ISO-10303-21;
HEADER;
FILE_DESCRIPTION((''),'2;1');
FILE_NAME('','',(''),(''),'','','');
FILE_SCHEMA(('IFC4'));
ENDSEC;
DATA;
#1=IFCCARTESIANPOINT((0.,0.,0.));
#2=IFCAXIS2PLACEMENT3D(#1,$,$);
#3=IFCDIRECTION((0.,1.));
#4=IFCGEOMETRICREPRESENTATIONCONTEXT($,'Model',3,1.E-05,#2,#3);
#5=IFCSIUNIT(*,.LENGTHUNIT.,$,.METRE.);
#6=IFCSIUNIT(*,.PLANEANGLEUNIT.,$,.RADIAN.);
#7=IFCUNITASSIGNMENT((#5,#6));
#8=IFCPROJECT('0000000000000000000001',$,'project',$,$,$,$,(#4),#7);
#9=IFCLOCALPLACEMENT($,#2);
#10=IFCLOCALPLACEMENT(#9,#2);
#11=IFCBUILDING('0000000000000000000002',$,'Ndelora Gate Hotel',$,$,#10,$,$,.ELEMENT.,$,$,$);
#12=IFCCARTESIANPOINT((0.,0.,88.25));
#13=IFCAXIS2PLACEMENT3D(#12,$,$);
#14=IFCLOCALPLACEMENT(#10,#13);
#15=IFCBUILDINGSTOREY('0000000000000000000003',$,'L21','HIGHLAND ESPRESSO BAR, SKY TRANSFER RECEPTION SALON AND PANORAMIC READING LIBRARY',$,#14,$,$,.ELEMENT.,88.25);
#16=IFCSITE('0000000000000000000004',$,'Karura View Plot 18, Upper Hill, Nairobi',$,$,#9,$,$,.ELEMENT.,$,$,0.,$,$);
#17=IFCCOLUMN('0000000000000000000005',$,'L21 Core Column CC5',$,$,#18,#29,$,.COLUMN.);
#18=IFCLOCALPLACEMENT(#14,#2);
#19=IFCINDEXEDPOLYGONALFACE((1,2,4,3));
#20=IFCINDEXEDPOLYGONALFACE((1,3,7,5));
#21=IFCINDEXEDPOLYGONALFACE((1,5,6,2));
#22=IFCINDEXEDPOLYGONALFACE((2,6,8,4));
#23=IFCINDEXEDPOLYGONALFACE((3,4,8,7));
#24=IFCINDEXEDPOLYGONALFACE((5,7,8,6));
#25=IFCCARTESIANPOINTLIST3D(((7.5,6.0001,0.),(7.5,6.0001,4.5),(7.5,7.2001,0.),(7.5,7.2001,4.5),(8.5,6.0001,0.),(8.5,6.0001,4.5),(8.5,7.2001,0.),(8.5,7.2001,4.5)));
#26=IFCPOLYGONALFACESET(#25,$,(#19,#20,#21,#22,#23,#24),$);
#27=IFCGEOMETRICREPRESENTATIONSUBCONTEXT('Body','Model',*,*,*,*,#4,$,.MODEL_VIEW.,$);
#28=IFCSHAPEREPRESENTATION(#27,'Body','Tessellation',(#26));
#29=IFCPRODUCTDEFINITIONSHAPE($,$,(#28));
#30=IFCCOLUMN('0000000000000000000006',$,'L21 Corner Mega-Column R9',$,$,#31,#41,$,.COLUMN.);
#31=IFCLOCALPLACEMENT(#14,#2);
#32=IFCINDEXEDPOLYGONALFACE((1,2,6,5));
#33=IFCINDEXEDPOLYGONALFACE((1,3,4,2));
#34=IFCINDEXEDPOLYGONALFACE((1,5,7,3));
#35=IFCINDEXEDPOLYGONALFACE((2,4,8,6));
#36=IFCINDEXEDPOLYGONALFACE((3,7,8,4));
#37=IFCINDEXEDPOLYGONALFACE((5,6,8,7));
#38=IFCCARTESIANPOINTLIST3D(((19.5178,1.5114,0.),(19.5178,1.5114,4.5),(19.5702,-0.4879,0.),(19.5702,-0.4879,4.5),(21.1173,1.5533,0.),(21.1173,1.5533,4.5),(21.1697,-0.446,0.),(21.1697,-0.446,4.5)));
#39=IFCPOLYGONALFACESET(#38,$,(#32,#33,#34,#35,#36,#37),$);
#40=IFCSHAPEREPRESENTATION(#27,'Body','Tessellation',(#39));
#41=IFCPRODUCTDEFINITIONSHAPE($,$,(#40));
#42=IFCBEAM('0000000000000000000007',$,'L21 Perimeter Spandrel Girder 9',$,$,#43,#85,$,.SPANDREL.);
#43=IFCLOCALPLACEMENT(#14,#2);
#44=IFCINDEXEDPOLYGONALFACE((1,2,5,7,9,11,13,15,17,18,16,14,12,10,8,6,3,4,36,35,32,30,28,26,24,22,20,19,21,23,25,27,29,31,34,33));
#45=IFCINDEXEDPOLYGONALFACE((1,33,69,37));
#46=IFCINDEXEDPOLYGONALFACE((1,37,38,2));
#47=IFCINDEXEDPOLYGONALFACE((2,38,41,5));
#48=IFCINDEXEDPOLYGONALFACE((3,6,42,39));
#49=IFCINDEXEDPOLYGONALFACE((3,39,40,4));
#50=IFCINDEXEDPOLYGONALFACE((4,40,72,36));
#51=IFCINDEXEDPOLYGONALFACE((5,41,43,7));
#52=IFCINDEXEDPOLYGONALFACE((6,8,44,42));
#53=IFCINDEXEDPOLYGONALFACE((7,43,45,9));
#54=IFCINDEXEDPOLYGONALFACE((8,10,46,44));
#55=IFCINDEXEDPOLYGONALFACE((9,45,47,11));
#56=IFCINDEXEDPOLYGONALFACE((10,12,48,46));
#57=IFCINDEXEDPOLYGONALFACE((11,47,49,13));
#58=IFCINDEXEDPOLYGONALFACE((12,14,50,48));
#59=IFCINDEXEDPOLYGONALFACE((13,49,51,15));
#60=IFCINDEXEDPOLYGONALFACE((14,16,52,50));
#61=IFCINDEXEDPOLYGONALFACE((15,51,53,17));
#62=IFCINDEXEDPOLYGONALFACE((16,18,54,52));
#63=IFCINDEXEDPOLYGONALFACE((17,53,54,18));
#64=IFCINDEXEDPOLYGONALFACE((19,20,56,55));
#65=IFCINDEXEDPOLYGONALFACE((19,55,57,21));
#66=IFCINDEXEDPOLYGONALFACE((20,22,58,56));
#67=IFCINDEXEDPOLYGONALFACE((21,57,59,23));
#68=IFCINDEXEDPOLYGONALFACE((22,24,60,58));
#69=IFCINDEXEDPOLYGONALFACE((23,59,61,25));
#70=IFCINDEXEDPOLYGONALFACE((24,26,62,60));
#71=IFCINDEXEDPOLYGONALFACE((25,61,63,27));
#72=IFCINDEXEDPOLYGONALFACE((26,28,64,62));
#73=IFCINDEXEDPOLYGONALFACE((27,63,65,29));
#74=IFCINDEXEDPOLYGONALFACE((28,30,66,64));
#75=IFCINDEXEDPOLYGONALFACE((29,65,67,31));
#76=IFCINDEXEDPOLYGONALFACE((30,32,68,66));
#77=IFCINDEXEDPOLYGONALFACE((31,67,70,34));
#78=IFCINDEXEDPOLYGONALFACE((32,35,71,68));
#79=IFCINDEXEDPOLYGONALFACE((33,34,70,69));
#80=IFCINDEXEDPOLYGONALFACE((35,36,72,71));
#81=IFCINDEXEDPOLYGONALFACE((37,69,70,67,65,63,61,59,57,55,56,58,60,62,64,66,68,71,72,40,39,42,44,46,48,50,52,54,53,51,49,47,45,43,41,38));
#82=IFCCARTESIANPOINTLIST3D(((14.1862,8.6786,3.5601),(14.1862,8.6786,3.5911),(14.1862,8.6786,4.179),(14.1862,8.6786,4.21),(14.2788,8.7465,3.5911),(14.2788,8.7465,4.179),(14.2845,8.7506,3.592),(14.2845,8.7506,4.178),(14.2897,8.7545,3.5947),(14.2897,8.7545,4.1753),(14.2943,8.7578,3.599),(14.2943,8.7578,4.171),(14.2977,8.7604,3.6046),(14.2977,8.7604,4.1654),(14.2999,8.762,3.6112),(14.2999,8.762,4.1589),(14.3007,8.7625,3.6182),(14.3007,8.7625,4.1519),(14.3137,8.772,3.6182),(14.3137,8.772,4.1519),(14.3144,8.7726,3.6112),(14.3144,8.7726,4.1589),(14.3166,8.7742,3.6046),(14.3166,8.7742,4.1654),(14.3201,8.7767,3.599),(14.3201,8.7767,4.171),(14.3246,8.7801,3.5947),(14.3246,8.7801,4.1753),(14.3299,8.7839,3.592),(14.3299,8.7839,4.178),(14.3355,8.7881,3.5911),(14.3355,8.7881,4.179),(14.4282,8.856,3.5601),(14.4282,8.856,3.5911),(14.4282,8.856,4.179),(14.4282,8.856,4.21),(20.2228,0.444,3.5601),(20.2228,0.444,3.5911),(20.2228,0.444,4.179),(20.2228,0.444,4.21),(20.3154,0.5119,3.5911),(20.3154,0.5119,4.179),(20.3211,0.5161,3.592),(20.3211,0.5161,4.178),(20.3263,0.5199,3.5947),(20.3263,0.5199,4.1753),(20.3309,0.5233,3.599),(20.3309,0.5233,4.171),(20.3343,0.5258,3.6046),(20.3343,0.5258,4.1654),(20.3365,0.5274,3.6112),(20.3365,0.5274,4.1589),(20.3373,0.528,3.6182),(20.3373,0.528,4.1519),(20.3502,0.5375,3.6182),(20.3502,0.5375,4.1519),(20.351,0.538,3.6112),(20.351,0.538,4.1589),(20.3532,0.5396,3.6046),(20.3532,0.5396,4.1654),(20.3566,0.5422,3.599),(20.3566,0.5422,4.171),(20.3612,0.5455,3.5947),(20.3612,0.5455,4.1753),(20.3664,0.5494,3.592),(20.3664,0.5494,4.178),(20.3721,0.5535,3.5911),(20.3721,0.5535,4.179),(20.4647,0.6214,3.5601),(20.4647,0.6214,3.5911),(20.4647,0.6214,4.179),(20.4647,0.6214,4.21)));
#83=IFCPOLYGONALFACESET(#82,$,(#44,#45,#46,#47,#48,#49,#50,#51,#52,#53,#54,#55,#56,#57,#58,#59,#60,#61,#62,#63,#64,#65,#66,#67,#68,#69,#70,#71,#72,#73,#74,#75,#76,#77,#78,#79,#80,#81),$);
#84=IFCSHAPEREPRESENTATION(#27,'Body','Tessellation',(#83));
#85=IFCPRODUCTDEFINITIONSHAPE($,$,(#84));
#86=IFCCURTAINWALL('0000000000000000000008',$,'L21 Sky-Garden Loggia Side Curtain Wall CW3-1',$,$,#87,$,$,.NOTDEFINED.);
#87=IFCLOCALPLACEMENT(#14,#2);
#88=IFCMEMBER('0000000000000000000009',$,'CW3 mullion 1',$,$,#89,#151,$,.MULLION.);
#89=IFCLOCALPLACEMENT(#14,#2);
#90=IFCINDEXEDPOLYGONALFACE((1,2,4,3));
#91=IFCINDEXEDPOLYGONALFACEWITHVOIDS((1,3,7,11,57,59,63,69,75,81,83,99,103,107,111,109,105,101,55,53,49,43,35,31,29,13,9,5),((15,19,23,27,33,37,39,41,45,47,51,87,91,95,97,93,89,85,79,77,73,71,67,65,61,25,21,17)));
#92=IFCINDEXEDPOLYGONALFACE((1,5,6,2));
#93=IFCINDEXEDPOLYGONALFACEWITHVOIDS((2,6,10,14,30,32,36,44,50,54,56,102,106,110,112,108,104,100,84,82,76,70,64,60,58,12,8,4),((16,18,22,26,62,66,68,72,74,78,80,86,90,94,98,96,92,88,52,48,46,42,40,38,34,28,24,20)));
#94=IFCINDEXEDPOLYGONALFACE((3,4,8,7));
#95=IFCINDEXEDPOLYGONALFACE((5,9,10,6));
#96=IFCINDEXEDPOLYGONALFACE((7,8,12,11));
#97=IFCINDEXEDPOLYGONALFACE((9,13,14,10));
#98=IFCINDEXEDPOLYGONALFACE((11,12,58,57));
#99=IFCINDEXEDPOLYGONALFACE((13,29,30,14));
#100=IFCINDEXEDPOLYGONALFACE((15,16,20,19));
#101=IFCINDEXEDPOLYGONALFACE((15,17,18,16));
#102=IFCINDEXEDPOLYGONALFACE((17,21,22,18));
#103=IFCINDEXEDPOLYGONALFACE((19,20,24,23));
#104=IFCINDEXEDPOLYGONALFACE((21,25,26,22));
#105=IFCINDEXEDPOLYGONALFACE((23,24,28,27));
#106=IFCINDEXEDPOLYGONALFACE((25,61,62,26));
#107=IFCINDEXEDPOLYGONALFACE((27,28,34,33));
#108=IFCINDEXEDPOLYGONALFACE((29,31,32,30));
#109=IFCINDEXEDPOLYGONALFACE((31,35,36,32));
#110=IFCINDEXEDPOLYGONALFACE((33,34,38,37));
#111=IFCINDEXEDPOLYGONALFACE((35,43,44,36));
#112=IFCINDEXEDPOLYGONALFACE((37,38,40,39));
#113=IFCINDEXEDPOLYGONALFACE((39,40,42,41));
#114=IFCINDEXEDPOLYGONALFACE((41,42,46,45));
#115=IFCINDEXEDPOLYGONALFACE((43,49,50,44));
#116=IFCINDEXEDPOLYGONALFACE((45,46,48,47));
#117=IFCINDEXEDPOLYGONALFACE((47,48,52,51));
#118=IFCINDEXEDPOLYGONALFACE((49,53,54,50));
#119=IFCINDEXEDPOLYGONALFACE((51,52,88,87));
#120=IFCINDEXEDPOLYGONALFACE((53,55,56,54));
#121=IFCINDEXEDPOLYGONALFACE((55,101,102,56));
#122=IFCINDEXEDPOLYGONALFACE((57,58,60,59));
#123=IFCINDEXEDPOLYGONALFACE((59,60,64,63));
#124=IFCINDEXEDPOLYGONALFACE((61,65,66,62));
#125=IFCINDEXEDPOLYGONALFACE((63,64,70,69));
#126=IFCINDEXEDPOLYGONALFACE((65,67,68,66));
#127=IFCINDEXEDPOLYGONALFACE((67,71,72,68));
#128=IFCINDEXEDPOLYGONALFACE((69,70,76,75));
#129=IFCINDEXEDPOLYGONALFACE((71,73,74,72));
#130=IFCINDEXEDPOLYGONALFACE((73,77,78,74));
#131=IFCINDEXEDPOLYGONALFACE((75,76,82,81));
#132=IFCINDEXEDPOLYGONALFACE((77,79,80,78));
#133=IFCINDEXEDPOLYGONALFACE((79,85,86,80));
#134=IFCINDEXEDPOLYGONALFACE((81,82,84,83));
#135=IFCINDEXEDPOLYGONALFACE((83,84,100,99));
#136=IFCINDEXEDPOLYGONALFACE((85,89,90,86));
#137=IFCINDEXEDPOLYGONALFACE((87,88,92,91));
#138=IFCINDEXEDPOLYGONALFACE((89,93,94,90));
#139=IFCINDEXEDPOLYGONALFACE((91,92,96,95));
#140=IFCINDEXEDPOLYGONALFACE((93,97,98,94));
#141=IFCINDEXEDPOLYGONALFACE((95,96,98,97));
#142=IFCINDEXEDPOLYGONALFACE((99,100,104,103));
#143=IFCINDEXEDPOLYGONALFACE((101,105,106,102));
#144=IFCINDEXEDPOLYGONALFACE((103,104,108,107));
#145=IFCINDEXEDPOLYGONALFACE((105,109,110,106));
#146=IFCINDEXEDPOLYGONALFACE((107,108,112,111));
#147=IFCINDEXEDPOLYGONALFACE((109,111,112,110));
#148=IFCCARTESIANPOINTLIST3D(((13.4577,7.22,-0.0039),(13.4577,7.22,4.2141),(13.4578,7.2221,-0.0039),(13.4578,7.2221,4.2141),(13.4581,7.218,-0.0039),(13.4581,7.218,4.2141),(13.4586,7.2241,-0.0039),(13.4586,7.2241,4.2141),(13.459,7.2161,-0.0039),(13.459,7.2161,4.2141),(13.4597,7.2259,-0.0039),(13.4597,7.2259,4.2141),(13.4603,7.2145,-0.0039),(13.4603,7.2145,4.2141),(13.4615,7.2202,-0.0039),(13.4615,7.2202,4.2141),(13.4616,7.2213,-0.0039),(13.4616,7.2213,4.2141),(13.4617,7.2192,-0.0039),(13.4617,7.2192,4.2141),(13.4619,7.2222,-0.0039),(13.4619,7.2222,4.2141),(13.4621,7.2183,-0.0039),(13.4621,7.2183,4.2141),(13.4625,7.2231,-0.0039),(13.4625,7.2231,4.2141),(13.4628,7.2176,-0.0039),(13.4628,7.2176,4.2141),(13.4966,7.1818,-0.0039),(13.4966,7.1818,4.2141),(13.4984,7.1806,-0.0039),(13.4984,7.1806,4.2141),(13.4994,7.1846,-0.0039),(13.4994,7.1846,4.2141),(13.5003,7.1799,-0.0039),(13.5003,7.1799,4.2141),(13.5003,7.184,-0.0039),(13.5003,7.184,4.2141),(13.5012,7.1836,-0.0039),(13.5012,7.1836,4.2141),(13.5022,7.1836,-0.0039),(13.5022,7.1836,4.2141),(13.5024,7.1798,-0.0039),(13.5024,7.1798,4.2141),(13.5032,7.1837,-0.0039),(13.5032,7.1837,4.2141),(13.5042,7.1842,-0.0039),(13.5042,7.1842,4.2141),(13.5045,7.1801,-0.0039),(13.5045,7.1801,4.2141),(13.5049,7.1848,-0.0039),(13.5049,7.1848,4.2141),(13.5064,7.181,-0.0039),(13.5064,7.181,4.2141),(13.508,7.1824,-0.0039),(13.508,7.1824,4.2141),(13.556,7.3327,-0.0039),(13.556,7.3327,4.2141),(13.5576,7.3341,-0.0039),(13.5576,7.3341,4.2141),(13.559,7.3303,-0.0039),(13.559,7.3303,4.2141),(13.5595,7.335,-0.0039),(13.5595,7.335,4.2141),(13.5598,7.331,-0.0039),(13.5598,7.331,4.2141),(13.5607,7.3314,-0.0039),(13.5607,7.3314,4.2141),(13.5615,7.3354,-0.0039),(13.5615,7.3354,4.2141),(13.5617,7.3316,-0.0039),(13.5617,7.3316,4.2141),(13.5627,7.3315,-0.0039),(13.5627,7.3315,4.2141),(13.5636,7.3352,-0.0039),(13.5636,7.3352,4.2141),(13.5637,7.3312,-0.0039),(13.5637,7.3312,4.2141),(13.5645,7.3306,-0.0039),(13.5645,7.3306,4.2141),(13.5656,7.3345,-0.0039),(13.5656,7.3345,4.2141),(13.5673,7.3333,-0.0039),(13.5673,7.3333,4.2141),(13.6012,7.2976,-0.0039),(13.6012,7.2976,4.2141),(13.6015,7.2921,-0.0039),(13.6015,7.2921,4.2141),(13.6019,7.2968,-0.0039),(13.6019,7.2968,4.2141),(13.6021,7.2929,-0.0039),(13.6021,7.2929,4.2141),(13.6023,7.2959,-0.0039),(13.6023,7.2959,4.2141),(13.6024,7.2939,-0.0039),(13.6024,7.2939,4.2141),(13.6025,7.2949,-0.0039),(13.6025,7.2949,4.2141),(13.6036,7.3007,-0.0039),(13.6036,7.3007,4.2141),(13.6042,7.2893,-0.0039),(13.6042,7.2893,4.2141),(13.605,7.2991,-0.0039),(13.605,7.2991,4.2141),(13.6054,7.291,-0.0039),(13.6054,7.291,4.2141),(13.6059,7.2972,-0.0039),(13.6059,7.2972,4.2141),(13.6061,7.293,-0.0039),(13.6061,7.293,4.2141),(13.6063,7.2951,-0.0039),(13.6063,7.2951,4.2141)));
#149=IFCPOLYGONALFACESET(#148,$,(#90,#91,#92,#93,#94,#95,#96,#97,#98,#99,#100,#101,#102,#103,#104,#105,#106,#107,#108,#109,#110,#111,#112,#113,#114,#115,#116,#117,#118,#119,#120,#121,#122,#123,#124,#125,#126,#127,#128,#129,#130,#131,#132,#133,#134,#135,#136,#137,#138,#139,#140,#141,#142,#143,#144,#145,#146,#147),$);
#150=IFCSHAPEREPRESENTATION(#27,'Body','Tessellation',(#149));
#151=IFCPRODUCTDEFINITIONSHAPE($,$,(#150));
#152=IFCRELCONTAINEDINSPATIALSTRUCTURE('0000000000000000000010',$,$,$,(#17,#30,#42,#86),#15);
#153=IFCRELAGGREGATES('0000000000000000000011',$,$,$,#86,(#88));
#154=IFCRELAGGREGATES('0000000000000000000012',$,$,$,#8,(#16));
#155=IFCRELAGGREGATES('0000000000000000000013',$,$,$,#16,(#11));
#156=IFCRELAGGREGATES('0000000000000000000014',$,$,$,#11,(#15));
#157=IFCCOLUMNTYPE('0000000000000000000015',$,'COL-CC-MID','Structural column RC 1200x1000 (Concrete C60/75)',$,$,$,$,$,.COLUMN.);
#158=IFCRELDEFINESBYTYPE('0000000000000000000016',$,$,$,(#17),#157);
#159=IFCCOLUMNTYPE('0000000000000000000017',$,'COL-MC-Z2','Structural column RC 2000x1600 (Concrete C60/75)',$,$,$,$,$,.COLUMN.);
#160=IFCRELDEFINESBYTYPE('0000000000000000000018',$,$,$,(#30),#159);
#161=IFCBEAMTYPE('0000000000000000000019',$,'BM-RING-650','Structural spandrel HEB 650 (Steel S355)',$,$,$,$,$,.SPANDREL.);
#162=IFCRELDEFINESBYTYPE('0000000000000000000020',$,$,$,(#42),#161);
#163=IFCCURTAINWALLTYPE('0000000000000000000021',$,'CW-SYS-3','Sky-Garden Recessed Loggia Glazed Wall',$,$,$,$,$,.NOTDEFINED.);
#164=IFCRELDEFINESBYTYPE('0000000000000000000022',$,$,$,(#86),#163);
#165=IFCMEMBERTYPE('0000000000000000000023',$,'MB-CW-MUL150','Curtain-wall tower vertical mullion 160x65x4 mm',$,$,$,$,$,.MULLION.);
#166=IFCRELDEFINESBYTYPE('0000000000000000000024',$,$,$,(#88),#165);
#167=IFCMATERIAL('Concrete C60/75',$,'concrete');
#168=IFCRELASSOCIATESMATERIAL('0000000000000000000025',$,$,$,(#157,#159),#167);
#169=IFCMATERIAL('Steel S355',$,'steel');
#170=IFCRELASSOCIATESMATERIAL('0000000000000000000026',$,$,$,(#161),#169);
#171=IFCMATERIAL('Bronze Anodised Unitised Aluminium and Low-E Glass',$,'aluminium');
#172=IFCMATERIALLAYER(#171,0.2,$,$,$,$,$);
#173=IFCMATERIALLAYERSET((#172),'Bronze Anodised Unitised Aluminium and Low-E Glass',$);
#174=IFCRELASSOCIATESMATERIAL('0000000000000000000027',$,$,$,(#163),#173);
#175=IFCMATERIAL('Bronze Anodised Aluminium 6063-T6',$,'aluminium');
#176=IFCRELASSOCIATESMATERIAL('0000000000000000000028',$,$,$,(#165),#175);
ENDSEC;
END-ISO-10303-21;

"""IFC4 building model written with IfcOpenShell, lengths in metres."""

from ifc_helpers import new_model, si_unit, direction, frame, origin, origin_2d, place, context, subcontext, project, spatial, rectangle, hollow_rectangle, i_section, extrude, material, layer, layer_set, material_profile, profile_set, type_object, element, aggregate, save


model = new_model("IFC4")

# Units and contexts
model_context = context("Model", 3, precision=1e-05, world=origin(), true_north=direction((0.0, 1.0)))
body_context = subcontext(model_context, "Body", "Model", "MODEL_VIEW")
ifc_project = project(units=[si_unit("LENGTHUNIT", "METRE"), si_unit("PLANEANGLEUNIT", "RADIAN")], contexts=[model_context])

# Site, building, storey
site_placement = place(None, origin())
site = spatial("IfcSite", under=ifc_project, at=site_placement, Name="Karura View Plot 18, Upper Hill, Nairobi", CompositionType="ELEMENT", RefElevation=0.0)
building_placement = place(site_placement, origin())
building = spatial("IfcBuilding", under=site, at=building_placement, Name="Ndelora Gate Hotel", CompositionType="ELEMENT")
storey_placement = place(building_placement, frame((0.0, 0.0, 88.25)))
storey = spatial("IfcBuildingStorey", under=building, at=storey_placement, Name="L21", Description="HIGHLAND ESPRESSO BAR, SKY TRANSFER RECEPTION SALON AND PANORAMIC READING LIBRARY", CompositionType="ELEMENT", Elevation=88.25)

# Columns
ifc_material_1 = material(Name="Concrete C60/75", Category="concrete")
ifc_material_profile_1 = material_profile(ifc_material_1, rectangle(XDim=1.0, YDim=1.2, at=origin_2d()), Name="RC 1200x1000")
ifc_profile_set_1 = profile_set([ifc_material_profile_1], Name="Concrete C60/75")
column_type_1 = type_object("IfcColumnType", Name="COL-CC-MID", Description="Structural column RC 1200x1000 (Concrete C60/75)", PredefinedType="COLUMN", material=ifc_profile_set_1)
column_1_placement = place(storey_placement, frame((8.0, 6.6001, 0.0), z_axis=(0.0, 0.0, 1.0), x_axis=(1.0, 0.0, 0.0)))
element("IfcColumn", 1, at=column_1_placement, inside=storey, type_object=column_type_1, Name="L21 Core Column CC5", PredefinedType="COLUMN", context=body_context, shape_type="SweptSolid", body=[
    extrude(rectangle(XDim=1.0, YDim=1.2, at=origin_2d()), origin(), (0.0, 0.0, 1.0), 4.5),
])
ifc_material_profile_2 = material_profile(ifc_material_1, rectangle(XDim=1.6001, YDim=2.0, at=origin_2d()), Name="RC 2000x1600")
ifc_profile_set_2 = profile_set([ifc_material_profile_2], Name="Concrete C60/75")
column_type_2 = type_object("IfcColumnType", Name="COL-MC-Z2", Description="Structural column RC 2000x1600 (Concrete C60/75)", PredefinedType="COLUMN", material=ifc_profile_set_2)
column_2_placement = place(storey_placement, frame((20.3438, 0.5327, 0.0), z_axis=(0.0, 0.0, 1.0), x_axis=(0.999657, 0.026177, 0.0)))
element("IfcColumn", 2, at=column_2_placement, inside=storey, type_object=column_type_2, Name="L21 Corner Mega-Column R9", PredefinedType="COLUMN", context=body_context, shape_type="SweptSolid", body=[
    extrude(rectangle(XDim=1.6001, YDim=2.0, at=origin_2d()), origin(), (0.0, 0.0, 1.0), 4.5),
])

# Beam
ifc_material_2 = material(Name="Steel S355", Category="steel")
ifc_material_profile_3 = material_profile(ifc_material_2, i_section(OverallWidth=0.3, OverallDepth=0.6499, WebThickness=0.0161, FlangeThickness=0.031, FilletRadius=0.0271, at=origin_2d()), Name="HEB 650")
ifc_profile_set_3 = profile_set([ifc_material_profile_3], Name="Steel S355")
beam_type = type_object("IfcBeamType", Name="BM-RING-650", Description="Structural spandrel HEB 650 (Steel S355)", PredefinedType="SPANDREL", material=ifc_profile_set_3)
beam_placement = place(storey_placement, frame((20.3438, 0.5327, 3.885), z_axis=(-0.59123, 0.806503, 0.0), x_axis=(-0.806503, -0.59123, 0.0)))
element("IfcBeam", 3, at=beam_placement, inside=storey, type_object=beam_type, Name="L21 Perimeter Spandrel Girder 9", PredefinedType="SPANDREL", context=body_context, shape_type="SweptSolid", body=[
    extrude(i_section(OverallWidth=0.3, OverallDepth=0.6499, WebThickness=0.0161, FlangeThickness=0.031, FilletRadius=0.0271, at=origin_2d()), origin(), (0.0, 0.0, 1.0), 10.2102),
])

# Curtain wall, member
ifc_material_3 = material(Name="Bronze Anodised Unitised Aluminium and Low-E Glass", Category="aluminium")
ifc_layer_1 = layer(ifc_material_3, 0.2)
ifc_layer_set_1 = layer_set([ifc_layer_1], Name="Bronze Anodised Unitised Aluminium and Low-E Glass")
curtain_wall_type = type_object("IfcCurtainWallType", Name="CW-SYS-3", Description="Sky-Garden Recessed Loggia Glazed Wall", PredefinedType="NOTDEFINED", material=ifc_layer_set_1)
curtain_wall_placement = place(storey_placement, origin())
curtain_wall = element("IfcCurtainWall", 4, at=curtain_wall_placement, inside=storey, type_object=curtain_wall_type, Name="L21 Sky-Garden Loggia Side Curtain Wall CW3-1", PredefinedType="NOTDEFINED")
ifc_material_4 = material(Name="Bronze Anodised Aluminium 6063-T6", Category="aluminium")
ifc_material_profile_4 = material_profile(ifc_material_4, hollow_rectangle(XDim=0.0649, YDim=0.1599, WallThickness=0.0039, InnerFilletRadius=0.0039, OuterFilletRadius=0.0081, at=origin_2d()), Name="ALU 160x65x4")
ifc_profile_set_4 = profile_set([ifc_material_profile_4], Name="Bronze Anodised Aluminium 6063-T6")
member_type_1 = type_object("IfcMemberType", Name="MB-CW-MUL150", Description="Curtain-wall tower vertical mullion 160x65x4 mm", PredefinedType="MULLION", material=ifc_profile_set_4)
member_1_placement = place(storey_placement, frame((13.532, 7.2576, -0.0039), z_axis=(0.0, 0.0, 1.0), x_axis=(-0.743158, 0.669115, 0.0)))
member_1 = element("IfcMember", 5, at=member_1_placement, type_object=member_type_1, Name="CW3 mullion 1", PredefinedType="MULLION", context=body_context, shape_type="SweptSolid", body=[
    extrude(hollow_rectangle(XDim=0.0649, YDim=0.1599, WallThickness=0.0039, InnerFilletRadius=0.0039, OuterFilletRadius=0.0081, at=origin_2d()), origin(), (0.0, 0.0, 1.0), 4.218),
])
aggregate(curtain_wall, [member_1])

save(model, "model.ifc")
